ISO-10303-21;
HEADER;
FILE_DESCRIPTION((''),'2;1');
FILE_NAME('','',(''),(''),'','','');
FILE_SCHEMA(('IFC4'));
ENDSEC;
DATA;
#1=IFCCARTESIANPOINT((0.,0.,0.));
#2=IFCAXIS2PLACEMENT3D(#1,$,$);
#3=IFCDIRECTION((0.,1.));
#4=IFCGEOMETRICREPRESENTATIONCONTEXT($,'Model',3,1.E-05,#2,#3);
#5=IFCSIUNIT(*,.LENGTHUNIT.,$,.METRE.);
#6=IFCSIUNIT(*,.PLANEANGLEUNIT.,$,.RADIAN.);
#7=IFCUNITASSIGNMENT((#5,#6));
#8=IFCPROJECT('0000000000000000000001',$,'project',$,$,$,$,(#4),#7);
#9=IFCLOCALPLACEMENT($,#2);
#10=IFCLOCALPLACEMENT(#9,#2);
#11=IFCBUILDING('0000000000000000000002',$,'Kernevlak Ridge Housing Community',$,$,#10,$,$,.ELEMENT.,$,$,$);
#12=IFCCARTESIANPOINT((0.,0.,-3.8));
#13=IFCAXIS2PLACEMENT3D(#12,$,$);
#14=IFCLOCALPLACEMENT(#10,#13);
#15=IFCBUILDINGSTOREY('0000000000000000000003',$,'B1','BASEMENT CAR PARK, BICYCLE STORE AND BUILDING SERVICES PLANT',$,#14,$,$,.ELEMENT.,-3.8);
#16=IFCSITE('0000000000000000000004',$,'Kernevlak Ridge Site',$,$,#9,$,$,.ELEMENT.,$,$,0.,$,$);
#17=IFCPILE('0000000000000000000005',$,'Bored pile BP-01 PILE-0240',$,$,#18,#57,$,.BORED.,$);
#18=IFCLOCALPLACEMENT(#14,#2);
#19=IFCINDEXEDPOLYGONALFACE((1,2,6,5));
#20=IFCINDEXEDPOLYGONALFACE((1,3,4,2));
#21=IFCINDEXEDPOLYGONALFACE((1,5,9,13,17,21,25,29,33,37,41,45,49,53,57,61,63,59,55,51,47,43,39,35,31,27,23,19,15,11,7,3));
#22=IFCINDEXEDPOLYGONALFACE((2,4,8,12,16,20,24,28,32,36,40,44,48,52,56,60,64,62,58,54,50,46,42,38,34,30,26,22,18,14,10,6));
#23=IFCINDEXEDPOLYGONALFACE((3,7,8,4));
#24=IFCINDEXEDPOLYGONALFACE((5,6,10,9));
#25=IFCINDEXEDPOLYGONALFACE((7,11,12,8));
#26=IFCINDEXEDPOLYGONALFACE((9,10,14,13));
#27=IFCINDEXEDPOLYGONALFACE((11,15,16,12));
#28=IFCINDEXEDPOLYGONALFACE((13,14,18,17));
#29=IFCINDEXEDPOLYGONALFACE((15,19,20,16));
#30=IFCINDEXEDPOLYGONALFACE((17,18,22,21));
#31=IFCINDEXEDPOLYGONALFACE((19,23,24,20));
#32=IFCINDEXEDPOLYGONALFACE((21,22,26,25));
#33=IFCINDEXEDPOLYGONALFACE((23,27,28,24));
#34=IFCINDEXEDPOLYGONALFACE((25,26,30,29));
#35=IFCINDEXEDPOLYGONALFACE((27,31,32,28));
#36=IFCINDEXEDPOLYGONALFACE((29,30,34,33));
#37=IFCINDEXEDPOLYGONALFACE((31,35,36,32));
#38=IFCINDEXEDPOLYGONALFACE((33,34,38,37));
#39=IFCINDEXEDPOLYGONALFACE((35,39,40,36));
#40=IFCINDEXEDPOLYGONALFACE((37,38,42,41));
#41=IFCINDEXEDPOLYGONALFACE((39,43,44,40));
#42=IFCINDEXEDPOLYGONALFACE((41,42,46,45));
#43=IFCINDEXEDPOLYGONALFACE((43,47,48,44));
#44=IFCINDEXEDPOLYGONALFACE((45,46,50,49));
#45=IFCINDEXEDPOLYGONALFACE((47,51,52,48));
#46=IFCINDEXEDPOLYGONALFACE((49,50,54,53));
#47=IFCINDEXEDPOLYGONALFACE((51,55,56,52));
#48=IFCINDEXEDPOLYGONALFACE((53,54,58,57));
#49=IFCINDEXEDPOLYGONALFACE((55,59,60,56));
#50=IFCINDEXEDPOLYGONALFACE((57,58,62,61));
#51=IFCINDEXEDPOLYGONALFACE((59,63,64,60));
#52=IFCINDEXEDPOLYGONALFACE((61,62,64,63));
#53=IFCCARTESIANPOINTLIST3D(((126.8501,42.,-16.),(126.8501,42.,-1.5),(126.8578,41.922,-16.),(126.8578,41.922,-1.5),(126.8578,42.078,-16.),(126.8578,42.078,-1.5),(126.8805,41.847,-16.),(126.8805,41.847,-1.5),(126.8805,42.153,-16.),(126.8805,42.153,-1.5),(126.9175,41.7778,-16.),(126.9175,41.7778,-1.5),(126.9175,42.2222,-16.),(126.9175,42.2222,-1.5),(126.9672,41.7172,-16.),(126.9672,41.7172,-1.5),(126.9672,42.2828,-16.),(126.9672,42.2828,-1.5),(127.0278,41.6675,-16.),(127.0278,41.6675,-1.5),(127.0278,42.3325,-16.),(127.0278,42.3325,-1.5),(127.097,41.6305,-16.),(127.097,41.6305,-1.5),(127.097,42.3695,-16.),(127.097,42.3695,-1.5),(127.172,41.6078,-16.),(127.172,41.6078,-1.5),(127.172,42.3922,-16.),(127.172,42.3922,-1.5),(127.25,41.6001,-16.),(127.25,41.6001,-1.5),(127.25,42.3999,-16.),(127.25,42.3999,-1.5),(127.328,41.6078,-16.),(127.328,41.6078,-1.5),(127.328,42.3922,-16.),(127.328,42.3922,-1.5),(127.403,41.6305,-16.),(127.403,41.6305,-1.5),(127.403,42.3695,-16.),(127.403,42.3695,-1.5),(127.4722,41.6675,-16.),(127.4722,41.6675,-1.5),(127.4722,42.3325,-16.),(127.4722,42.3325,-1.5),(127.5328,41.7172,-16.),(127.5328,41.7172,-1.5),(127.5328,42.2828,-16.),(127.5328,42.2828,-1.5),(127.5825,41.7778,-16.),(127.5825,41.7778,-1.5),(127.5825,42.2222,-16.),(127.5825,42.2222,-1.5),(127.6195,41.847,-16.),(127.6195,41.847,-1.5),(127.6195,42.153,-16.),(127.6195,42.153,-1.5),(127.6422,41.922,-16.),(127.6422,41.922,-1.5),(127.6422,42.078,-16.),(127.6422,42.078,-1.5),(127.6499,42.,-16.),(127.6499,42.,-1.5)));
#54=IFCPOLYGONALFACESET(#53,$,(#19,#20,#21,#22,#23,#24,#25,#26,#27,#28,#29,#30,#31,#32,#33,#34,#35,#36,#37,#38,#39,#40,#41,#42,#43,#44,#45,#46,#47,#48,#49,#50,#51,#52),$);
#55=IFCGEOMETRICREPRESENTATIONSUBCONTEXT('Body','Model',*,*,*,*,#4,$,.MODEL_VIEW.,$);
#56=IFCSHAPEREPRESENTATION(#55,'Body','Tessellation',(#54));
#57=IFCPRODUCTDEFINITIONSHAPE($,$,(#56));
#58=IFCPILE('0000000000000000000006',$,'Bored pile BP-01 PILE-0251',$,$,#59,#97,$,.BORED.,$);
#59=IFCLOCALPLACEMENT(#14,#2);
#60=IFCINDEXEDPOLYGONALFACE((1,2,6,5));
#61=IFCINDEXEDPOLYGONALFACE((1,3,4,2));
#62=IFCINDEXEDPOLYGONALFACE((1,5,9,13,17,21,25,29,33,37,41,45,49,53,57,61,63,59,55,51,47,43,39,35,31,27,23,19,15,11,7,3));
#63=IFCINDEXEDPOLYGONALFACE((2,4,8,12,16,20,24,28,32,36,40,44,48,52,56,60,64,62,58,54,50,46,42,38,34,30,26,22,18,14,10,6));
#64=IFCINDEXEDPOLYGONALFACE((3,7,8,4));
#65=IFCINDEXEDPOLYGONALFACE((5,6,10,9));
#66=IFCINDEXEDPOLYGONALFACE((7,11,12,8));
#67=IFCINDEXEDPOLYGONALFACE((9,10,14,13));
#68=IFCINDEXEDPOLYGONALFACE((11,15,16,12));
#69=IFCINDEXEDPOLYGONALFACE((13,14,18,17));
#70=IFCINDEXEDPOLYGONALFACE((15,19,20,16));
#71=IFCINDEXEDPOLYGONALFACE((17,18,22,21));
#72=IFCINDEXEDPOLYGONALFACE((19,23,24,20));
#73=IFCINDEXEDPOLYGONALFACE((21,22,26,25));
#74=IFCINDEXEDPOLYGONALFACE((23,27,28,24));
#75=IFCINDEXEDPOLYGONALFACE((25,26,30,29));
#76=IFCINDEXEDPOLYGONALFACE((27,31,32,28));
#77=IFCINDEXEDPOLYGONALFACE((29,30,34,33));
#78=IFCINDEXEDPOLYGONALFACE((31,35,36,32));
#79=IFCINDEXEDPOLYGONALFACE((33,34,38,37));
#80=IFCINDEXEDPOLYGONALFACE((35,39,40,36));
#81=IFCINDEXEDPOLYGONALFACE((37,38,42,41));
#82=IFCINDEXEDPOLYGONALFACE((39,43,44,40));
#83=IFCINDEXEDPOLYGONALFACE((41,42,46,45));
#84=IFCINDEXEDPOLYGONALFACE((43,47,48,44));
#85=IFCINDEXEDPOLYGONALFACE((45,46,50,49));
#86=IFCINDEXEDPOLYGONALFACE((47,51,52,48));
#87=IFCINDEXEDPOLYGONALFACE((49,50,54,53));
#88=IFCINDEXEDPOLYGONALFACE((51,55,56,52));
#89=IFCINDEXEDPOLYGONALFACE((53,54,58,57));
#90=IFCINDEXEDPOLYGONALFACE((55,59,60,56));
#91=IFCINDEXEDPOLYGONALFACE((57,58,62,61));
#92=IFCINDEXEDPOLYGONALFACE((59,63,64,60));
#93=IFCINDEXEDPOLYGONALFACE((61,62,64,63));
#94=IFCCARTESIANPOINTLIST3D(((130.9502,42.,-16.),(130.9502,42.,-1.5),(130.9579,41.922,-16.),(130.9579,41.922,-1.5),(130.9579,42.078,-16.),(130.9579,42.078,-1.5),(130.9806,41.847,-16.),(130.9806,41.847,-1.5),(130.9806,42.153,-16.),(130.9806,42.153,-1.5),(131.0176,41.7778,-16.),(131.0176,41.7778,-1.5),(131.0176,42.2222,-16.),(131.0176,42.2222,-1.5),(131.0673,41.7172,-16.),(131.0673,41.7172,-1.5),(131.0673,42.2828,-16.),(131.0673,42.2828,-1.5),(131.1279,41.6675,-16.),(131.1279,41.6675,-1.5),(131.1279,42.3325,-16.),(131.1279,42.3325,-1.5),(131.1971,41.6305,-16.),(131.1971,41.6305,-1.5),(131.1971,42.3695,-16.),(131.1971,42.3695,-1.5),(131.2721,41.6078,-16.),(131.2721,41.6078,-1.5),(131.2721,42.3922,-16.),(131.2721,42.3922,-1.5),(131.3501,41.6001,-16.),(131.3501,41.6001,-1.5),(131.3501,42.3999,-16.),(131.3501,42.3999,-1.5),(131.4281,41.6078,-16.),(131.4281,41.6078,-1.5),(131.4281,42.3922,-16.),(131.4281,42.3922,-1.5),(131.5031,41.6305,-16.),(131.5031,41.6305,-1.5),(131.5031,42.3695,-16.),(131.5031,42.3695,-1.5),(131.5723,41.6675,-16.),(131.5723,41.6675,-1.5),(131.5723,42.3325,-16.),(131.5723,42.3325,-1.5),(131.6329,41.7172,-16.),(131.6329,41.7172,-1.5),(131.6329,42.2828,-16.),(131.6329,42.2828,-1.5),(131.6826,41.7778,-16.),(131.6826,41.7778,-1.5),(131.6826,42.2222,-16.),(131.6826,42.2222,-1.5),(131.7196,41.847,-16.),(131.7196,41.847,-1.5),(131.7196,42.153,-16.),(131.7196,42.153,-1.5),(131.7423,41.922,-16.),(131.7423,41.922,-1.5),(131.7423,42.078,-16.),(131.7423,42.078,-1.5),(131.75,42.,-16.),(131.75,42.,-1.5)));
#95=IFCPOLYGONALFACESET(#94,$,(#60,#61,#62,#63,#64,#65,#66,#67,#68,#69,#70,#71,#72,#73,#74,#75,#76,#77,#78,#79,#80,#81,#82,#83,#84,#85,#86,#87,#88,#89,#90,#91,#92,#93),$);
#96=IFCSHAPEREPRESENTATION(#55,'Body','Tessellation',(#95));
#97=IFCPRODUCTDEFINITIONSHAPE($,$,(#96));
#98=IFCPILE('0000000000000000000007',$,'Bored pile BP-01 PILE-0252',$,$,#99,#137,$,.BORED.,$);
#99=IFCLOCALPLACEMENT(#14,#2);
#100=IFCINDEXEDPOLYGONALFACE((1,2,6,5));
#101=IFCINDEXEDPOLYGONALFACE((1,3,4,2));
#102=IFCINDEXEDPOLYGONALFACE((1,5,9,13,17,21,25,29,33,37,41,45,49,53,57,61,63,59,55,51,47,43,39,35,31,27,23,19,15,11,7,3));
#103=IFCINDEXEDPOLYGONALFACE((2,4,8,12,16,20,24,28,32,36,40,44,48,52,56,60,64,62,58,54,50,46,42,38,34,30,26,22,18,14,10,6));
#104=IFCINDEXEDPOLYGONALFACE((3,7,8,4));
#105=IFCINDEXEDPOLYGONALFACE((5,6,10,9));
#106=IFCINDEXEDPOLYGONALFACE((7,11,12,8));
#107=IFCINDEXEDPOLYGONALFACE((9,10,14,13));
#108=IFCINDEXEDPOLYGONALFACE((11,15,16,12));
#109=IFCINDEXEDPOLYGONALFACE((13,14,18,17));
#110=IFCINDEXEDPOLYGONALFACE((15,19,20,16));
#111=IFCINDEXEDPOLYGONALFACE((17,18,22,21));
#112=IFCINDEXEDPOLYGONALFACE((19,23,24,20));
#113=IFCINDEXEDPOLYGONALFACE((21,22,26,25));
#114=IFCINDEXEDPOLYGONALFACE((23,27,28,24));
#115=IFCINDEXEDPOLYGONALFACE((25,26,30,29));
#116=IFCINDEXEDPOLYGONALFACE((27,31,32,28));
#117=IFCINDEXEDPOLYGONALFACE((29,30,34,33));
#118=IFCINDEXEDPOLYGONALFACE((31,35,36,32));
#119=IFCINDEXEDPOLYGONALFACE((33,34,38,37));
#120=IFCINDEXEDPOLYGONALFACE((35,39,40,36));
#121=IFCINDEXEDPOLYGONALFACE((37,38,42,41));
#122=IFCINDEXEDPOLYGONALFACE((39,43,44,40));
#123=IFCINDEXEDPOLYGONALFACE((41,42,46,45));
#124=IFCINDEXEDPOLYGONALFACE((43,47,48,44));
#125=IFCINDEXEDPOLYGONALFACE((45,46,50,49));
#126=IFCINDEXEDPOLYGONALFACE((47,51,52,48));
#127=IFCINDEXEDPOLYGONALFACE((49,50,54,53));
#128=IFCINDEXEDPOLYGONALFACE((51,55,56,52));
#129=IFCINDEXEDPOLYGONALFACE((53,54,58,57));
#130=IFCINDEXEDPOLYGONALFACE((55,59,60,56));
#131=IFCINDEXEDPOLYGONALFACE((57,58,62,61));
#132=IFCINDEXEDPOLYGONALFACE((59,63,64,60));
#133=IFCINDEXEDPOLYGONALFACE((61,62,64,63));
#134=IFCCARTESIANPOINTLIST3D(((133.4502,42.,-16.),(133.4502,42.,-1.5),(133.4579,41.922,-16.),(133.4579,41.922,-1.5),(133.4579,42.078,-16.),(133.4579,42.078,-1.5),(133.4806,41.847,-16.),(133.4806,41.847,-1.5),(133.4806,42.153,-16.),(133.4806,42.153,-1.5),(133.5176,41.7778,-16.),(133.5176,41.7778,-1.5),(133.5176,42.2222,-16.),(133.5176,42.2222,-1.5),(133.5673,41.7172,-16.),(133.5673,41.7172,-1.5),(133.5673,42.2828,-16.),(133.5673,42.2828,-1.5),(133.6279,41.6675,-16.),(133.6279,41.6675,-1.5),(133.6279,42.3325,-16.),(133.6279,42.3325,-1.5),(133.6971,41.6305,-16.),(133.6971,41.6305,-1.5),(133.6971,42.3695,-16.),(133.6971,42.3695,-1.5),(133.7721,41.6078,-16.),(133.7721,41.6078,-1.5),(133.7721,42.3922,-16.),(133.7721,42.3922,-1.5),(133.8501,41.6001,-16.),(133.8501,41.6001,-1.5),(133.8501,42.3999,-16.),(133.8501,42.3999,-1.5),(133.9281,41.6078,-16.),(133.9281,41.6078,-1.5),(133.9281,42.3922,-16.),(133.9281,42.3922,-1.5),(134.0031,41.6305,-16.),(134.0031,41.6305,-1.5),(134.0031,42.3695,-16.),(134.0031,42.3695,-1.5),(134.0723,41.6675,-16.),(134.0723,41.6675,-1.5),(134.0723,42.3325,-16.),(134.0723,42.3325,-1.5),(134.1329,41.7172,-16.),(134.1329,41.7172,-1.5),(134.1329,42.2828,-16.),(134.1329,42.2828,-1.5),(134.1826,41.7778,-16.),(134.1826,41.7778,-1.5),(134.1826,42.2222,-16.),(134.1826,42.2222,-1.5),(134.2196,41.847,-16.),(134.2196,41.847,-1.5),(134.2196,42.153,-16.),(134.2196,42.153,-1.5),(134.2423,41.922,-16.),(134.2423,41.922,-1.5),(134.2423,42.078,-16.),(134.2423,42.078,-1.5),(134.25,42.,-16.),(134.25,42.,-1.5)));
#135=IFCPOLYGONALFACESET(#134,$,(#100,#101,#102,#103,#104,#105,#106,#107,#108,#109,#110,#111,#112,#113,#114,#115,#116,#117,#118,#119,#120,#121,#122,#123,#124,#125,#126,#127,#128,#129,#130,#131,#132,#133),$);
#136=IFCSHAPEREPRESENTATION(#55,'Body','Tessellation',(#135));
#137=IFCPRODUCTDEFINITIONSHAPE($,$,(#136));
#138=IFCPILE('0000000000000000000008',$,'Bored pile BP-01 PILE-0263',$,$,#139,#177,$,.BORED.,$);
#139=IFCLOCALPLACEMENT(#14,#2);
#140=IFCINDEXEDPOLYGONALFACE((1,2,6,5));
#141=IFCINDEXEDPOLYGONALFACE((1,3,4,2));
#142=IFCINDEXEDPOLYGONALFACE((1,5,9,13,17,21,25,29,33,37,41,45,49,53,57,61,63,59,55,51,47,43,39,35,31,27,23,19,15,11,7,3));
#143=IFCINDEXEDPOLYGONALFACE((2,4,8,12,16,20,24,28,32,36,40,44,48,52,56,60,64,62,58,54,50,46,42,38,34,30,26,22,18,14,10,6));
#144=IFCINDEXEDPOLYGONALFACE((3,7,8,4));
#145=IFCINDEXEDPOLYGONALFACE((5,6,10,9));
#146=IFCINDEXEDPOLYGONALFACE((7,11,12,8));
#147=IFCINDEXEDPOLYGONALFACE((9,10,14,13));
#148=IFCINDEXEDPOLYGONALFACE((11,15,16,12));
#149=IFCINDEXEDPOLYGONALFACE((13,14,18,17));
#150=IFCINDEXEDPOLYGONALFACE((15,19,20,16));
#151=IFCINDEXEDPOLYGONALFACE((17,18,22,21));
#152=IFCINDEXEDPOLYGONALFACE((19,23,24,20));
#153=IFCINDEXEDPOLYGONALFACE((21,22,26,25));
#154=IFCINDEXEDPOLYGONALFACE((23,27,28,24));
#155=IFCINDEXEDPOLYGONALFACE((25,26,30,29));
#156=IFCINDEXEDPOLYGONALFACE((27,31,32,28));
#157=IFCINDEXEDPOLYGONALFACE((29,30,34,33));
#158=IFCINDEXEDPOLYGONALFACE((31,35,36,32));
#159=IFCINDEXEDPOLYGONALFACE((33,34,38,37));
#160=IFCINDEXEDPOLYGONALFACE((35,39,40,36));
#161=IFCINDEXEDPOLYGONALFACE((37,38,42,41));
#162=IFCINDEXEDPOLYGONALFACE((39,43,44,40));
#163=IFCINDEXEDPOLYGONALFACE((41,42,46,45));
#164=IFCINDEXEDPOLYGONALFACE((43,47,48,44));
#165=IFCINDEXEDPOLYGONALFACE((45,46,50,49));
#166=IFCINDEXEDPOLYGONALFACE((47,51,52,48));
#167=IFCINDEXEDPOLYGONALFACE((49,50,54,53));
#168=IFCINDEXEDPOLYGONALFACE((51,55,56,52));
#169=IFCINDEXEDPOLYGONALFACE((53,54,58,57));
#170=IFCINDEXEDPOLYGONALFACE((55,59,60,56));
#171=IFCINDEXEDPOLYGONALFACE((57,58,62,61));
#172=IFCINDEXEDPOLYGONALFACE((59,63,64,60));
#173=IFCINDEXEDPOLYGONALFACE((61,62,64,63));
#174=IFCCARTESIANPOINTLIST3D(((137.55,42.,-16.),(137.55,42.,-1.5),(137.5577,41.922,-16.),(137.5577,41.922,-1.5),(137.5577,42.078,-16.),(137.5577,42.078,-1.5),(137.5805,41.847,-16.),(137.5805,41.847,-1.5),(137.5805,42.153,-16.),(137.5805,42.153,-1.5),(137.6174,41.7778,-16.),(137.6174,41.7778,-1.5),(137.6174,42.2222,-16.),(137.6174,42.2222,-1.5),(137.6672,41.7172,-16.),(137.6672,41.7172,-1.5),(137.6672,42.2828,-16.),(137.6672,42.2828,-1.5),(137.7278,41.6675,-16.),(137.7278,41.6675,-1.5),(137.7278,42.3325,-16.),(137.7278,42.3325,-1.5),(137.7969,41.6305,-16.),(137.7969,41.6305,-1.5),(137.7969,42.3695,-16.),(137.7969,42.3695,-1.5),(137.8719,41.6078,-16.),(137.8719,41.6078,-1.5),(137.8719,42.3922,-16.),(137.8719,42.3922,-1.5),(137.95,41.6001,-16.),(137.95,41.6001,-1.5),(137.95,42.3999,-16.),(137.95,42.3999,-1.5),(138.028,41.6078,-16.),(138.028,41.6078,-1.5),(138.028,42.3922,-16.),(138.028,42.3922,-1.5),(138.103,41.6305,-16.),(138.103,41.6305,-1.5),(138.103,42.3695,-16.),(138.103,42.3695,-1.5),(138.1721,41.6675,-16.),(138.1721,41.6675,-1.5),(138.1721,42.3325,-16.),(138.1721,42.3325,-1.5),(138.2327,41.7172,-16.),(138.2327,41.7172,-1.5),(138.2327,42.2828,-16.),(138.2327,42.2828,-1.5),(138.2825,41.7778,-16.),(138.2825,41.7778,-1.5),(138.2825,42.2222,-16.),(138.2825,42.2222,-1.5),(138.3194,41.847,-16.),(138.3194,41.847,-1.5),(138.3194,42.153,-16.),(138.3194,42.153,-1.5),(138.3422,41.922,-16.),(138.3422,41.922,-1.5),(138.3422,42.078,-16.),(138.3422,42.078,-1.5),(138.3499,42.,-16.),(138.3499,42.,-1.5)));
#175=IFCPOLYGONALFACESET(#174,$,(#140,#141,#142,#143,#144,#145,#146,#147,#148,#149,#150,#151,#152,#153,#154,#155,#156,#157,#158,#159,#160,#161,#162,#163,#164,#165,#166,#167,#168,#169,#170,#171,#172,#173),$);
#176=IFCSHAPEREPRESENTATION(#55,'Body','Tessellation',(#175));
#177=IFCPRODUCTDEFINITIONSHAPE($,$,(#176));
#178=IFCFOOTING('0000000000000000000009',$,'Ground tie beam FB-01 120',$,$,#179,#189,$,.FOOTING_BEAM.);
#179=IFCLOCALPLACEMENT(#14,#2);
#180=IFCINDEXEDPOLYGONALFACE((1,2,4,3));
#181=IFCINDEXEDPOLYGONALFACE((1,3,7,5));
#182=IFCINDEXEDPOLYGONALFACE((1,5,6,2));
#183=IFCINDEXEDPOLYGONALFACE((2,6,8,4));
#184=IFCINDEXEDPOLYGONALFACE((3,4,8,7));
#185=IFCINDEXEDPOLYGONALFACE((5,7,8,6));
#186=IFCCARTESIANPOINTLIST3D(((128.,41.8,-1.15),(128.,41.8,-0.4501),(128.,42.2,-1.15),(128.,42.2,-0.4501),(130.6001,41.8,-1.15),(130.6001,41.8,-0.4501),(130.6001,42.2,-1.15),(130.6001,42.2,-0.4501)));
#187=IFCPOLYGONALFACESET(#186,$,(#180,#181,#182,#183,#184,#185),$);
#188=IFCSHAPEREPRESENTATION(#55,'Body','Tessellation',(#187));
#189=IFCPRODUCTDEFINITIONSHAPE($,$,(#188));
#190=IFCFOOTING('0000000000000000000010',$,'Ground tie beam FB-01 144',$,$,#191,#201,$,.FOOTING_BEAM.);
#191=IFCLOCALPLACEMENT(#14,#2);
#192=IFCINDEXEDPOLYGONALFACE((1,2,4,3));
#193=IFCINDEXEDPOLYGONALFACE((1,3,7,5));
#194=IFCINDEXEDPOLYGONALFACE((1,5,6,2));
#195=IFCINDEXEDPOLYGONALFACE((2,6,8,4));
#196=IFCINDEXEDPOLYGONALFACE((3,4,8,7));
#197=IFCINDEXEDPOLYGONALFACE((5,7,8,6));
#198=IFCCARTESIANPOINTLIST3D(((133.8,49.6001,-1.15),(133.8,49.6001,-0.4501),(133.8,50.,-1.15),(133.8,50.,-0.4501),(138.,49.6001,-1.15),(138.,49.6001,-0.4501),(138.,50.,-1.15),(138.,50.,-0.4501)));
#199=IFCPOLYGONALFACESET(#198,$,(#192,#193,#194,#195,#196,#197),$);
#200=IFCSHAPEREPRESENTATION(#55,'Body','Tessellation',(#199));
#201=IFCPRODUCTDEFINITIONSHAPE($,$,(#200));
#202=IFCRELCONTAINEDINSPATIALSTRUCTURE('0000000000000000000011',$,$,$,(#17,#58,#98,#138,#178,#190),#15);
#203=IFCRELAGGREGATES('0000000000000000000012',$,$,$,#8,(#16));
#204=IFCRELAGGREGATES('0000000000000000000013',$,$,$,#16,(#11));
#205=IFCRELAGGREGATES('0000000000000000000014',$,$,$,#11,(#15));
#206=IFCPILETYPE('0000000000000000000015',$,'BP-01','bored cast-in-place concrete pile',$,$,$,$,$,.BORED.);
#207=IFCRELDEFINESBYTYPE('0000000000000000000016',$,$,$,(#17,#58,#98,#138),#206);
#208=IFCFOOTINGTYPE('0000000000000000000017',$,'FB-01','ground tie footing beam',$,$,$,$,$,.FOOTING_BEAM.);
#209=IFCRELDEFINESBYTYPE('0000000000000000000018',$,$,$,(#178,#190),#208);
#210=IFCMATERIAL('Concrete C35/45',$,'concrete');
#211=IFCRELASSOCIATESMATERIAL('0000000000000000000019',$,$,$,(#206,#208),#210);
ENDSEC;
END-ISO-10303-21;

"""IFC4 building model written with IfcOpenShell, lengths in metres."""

from ifc_helpers import new_model, si_unit, direction, frame, origin, origin_2d, place, context, subcontext, project, spatial, rectangle, circle, extrude, material, material_profile, profile_set, type_object, element, save


model = new_model("IFC4")

# Units and contexts
model_context = context("Model", 3, precision=1e-05, world=origin(), true_north=direction((0.0, 1.0)))
body_context = subcontext(model_context, "Body", "Model", "MODEL_VIEW")
ifc_project = project(units=[si_unit("LENGTHUNIT", "METRE"), si_unit("PLANEANGLEUNIT", "RADIAN")], contexts=[model_context])

# Site, building, storey
site_placement = place(None, origin())
site = spatial("IfcSite", under=ifc_project, at=site_placement, Name="Kernevlak Ridge Site", CompositionType="ELEMENT", RefElevation=0.0)
building_placement = place(site_placement, origin())
building = spatial("IfcBuilding", under=site, at=building_placement, Name="Kernevlak Ridge Housing Community", CompositionType="ELEMENT")
storey_placement = place(building_placement, frame((0.0, 0.0, -3.8)))
storey = spatial("IfcBuildingStorey", under=building, at=storey_placement, Name="B1", Description="BASEMENT CAR PARK, BICYCLE STORE AND BUILDING SERVICES PLANT", CompositionType="ELEMENT", Elevation=-3.8)

# Piles
ifc_material_1 = material(Name="Concrete C35/45", Category="concrete")
ifc_material_profile_1 = material_profile(ifc_material_1, circle(Radius=0.3999, at=origin_2d()), Name="BORED PILE 800")
ifc_profile_set_1 = profile_set([ifc_material_profile_1], Name="Concrete C35/45")
pile_type = type_object("IfcPileType", Name="BP-01", Description="bored cast-in-place concrete pile", PredefinedType="BORED", material=ifc_profile_set_1)
for number, where, z_axis, x_axis, name in (
    (1, (127.25, 42.0, -1.5), (0.0, 0.0, -1.0), (1.0, 0.0, 0.0), "Bored pile BP-01 PILE-0240"),
    (2, (131.3501, 42.0, -1.5), (0.0, 0.0, -1.0), (1.0, 0.0, 0.0), "Bored pile BP-01 PILE-0251"),
    (3, (133.8501, 42.0, -1.5), (0.0, 0.0, -1.0), (1.0, 0.0, 0.0), "Bored pile BP-01 PILE-0252"),
    (4, (137.95, 42.0, -1.5), (0.0, 0.0, -1.0), (1.0, 0.0, 0.0), "Bored pile BP-01 PILE-0263"),
):
    element("IfcPile", number, at=place(storey_placement, frame(where, z_axis=z_axis, x_axis=x_axis)), inside=storey, type_object=pile_type, Name=name, PredefinedType="BORED", context=body_context, shape_type="SweptSolid", body=[
        extrude(circle(Radius=0.3999, at=origin_2d()), origin(), (0.0, 0.0, 1.0), 14.5),
    ])

# Footings
ifc_material_profile_2 = material_profile(ifc_material_1, rectangle(XDim=0.3999, YDim=0.7, at=origin_2d()), Name="RC 400x700")
ifc_profile_set_2 = profile_set([ifc_material_profile_2], Name="Concrete C35/45")
footing_type_1 = type_object("IfcFootingType", Name="FB-01", Description="ground tie footing beam", PredefinedType="FOOTING_BEAM", material=ifc_profile_set_2)
footing_1_placement = place(storey_placement, frame((128.0, 42.0, -0.8), z_axis=(1.0, 0.0, 0.0), x_axis=(0.0, 1.0, 0.0)))
element("IfcFooting", 5, at=footing_1_placement, inside=storey, type_object=footing_type_1, Name="Ground tie beam FB-01 120", PredefinedType="FOOTING_BEAM", context=body_context, shape_type="SweptSolid", body=[
    extrude(rectangle(XDim=0.3999, YDim=0.7, at=origin_2d()), origin(), (0.0, 0.0, 1.0), 2.6001),
])
footing_2_placement = place(storey_placement, frame((133.8, 49.8, -0.8), z_axis=(1.0, 0.0, 0.0), x_axis=(0.0, 1.0, 0.0)))
element("IfcFooting", 6, at=footing_2_placement, inside=storey, type_object=footing_type_1, Name="Ground tie beam FB-01 144", PredefinedType="FOOTING_BEAM", context=body_context, shape_type="SweptSolid", body=[
    extrude(rectangle(XDim=0.3999, YDim=0.7, at=origin_2d()), origin(), (0.0, 0.0, 1.0), 4.2),
])

save(model, "model.ifc")
